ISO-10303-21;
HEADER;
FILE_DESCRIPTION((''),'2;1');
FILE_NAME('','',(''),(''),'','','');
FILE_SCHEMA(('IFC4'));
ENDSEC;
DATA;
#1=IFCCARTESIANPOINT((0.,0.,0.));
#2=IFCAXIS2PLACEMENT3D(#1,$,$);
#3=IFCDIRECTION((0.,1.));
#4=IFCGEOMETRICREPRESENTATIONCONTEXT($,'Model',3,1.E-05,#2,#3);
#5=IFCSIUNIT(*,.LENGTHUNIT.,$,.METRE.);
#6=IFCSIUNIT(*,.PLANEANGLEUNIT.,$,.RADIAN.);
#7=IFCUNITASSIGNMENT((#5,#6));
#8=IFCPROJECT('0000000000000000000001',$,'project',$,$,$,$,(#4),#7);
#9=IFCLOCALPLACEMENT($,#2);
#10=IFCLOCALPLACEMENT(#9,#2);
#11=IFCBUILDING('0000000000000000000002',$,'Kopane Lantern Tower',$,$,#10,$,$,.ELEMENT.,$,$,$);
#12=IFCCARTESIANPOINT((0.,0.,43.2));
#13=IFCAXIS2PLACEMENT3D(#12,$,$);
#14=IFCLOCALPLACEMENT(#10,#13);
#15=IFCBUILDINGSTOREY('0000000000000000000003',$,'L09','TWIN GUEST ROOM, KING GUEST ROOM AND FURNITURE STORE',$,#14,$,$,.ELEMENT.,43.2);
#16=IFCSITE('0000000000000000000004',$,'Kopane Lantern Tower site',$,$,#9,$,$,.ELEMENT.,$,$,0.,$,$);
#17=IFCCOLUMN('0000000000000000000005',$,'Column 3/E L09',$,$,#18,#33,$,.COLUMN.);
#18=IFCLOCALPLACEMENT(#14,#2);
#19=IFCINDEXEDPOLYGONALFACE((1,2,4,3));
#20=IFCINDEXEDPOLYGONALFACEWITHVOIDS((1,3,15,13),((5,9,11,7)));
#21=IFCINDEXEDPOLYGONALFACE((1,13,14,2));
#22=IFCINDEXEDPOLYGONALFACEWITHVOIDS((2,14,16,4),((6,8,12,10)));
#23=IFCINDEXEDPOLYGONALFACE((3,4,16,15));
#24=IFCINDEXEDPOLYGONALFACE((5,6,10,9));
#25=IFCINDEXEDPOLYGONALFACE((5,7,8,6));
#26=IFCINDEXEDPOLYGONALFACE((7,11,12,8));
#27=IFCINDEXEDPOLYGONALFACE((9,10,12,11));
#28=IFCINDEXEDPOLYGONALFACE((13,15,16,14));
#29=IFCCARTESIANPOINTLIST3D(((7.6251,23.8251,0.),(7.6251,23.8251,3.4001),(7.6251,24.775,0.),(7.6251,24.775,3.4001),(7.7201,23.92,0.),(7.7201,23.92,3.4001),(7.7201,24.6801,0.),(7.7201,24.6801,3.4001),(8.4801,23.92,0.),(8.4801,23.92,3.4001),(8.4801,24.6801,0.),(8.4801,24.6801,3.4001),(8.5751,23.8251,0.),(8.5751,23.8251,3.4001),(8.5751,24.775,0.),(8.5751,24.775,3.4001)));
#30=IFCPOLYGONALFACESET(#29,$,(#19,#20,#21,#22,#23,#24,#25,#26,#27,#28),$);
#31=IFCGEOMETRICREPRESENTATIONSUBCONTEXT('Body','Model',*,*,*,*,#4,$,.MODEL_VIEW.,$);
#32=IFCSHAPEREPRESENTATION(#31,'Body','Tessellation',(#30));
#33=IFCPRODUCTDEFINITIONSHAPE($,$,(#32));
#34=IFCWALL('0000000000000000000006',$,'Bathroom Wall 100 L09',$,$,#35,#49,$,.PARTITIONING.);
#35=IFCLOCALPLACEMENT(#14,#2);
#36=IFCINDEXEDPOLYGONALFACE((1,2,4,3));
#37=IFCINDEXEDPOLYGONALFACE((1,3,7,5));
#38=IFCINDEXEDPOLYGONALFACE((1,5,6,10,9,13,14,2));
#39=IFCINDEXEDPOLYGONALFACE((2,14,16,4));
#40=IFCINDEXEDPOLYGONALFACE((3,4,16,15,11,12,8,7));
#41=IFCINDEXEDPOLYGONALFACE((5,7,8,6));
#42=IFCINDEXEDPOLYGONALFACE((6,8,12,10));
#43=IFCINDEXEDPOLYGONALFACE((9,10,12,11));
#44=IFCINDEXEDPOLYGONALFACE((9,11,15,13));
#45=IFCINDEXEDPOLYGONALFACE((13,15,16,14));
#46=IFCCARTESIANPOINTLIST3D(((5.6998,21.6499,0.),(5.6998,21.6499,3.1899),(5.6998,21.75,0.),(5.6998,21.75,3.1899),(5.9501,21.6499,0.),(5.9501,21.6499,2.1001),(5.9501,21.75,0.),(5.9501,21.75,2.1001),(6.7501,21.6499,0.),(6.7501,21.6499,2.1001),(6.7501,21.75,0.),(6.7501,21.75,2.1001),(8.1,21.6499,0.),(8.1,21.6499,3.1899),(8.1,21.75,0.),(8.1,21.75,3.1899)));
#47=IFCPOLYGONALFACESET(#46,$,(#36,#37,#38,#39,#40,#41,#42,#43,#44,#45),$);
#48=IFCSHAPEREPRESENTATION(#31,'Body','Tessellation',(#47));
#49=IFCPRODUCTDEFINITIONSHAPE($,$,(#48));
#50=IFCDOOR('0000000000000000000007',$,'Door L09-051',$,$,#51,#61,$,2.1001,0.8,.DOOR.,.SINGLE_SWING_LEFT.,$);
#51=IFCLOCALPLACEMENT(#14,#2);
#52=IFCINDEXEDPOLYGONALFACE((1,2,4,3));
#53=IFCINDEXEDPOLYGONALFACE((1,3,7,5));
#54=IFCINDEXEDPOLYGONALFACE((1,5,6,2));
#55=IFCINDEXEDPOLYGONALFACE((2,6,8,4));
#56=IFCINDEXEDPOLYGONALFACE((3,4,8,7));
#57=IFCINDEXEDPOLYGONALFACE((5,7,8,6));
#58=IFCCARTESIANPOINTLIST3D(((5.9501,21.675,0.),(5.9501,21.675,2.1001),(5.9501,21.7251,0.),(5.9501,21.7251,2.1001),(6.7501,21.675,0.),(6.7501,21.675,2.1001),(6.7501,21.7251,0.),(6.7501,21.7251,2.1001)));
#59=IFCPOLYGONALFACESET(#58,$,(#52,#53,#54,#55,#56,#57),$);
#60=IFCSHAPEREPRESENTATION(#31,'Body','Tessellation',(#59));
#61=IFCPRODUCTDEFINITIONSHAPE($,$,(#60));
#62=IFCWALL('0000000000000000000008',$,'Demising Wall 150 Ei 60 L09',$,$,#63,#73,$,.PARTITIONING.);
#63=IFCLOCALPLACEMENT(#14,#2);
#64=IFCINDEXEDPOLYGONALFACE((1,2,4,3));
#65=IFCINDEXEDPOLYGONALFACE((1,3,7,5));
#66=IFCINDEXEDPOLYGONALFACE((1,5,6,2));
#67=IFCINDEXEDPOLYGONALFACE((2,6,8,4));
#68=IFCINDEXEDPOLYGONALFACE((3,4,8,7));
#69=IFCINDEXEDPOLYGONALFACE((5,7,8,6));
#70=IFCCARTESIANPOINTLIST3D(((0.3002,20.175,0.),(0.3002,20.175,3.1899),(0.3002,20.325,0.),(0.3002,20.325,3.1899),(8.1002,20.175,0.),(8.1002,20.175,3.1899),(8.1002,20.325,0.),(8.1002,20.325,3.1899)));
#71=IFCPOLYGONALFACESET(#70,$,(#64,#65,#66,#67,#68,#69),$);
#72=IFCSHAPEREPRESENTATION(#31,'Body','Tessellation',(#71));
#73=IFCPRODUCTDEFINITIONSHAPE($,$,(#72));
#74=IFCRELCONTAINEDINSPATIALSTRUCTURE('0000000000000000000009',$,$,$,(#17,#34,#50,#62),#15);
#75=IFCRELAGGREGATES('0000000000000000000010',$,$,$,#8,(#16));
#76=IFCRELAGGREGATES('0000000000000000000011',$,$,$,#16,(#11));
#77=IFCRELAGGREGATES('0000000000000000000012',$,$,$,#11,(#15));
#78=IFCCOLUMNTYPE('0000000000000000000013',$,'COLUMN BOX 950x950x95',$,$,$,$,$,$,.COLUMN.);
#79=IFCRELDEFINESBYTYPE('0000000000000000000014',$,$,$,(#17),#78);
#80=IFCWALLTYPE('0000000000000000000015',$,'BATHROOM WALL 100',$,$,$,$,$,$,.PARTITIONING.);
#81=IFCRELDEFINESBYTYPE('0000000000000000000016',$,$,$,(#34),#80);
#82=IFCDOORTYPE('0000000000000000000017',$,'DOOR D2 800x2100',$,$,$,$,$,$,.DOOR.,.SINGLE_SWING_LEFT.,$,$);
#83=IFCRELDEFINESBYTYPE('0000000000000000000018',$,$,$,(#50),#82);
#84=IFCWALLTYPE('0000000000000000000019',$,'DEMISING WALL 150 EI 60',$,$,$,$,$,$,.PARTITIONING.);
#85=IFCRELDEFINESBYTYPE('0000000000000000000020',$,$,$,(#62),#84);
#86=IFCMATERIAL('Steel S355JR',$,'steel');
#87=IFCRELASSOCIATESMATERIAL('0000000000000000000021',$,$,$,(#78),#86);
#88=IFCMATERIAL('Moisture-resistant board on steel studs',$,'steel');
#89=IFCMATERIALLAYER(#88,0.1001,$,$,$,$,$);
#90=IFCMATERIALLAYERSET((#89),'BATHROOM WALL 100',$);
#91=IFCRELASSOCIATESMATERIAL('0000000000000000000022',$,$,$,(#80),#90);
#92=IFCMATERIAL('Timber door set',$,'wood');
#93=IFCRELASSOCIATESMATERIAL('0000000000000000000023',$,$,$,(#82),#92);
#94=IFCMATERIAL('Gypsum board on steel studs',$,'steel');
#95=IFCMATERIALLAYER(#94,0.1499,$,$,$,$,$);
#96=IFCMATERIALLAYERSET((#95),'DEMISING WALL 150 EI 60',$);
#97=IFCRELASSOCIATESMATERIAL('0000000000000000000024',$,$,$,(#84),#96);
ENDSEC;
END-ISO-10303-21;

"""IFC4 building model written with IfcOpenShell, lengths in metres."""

from ifc_helpers import new_model, si_unit, direction, frame, frame_2d, origin, origin_2d, place, context, subcontext, project, spatial, rectangle, hollow_rectangle, extrude, material, layer, layer_set, material_profile, profile_set, type_object, element, fill, save


model = new_model("IFC4")

# Units and contexts
model_context = context("Model", 3, precision=1e-05, world=origin(), true_north=direction((0.0, 1.0)))
body_context = subcontext(model_context, "Body", "Model", "MODEL_VIEW")
ifc_project = project(units=[si_unit("LENGTHUNIT", "METRE"), si_unit("PLANEANGLEUNIT", "RADIAN")], contexts=[model_context])

# Site, building, storey
site_placement = place(None, origin())
site = spatial("IfcSite", under=ifc_project, at=site_placement, Name="Kopane Lantern Tower site", CompositionType="ELEMENT", RefElevation=0.0)
building_placement = place(site_placement, origin())
building = spatial("IfcBuilding", under=site, at=building_placement, Name="Kopane Lantern Tower", CompositionType="ELEMENT")
storey_placement = place(building_placement, frame((0.0, 0.0, 43.2)))
storey = spatial("IfcBuildingStorey", under=building, at=storey_placement, Name="L09", Description="TWIN GUEST ROOM, KING GUEST ROOM AND FURNITURE STORE", CompositionType="ELEMENT", Elevation=43.2)

# Column
ifc_material_1 = material(Name="Steel S355JR", Category="steel")
ifc_material_profile = material_profile(ifc_material_1, hollow_rectangle(XDim=0.95, YDim=0.95, WallThickness=0.095, at=origin_2d()), Name="BOX 950x950x95")
ifc_profile_set = profile_set([ifc_material_profile], Name="Steel S355JR")
column_type = type_object("IfcColumnType", Name="COLUMN BOX 950x950x95", PredefinedType="COLUMN", material=ifc_profile_set)
column_placement = place(storey_placement, frame((8.1001, 24.3, 0.0), z_axis=(0.0, 0.0, 1.0), x_axis=(1.0, 0.0, 0.0)))
element("IfcColumn", 1, at=column_placement, inside=storey, type_object=column_type, Name="Column 3/E L09", PredefinedType="COLUMN", context=body_context, shape_type="SweptSolid", body=[
    extrude(hollow_rectangle(XDim=0.95, YDim=0.95, WallThickness=0.095, at=origin_2d()), origin(), (0.0, 0.0, 1.0), 3.4001),
])

# Wall, opening, door
ifc_material_2 = material(Name="Moisture-resistant board on steel studs", Category="steel")
ifc_layer_1 = layer(ifc_material_2, 0.1001)
ifc_layer_set_1 = layer_set([ifc_layer_1], Name="BATHROOM WALL 100")
wall_type_1 = type_object("IfcWallType", Name="BATHROOM WALL 100", PredefinedType="PARTITIONING", material=ifc_layer_set_1)
wall_1_placement = place(storey_placement, frame((8.1001, 21.7, 0.0), z_axis=(0.0, 0.0, 1.0), x_axis=(-1.0, 0.0, 0.0)))
wall_1 = element("IfcWall", 2, at=wall_1_placement, inside=storey, type_object=wall_type_1, Name="Bathroom Wall 100 L09", PredefinedType="PARTITIONING", context=body_context, shape_type="SweptSolid", body=[
    extrude(rectangle(XDim=2.4001, YDim=0.1001, at=frame_2d((1.2002, 0.0))), origin(), (0.0, 0.0, 1.0), 3.1899),
])
opening_placement = place(wall_1_placement, frame((1.3501, 0.0, 0.0)))
opening = element("IfcOpeningElement", 3, at=opening_placement, cuts=wall_1, PredefinedType="OPENING", context=body_context, shape_type="SweptSolid", body=[
    extrude(rectangle(XDim=0.8, YDim=2.1001, at=frame_2d((0.3999, 1.05))), frame((0.0, 0.0601, 0.0), z_axis=(0.0, -1.0, 0.0), x_axis=(1.0, 0.0, 0.0)), (0.0, 0.0, 1.0), 0.1201),
])
ifc_material_3 = material(Name="Timber door set", Category="wood")
door_type = type_object("IfcDoorType", Name="DOOR D2 800x2100", OperationType="SINGLE_SWING_LEFT", PredefinedType="DOOR", material=ifc_material_3)
door_placement = place(opening_placement, origin())
door = element("IfcDoor", 4, at=door_placement, inside=storey, type_object=door_type, Name="Door L09-051", OperationType="SINGLE_SWING_LEFT", OverallHeight=2.1001, OverallWidth=0.8, PredefinedType="DOOR", context=body_context, shape_type="SweptSolid", body=[
    extrude(rectangle(XDim=0.8, YDim=2.1001, at=frame_2d((0.3999, 1.05))), frame((0.0, 0.0249, 0.0), z_axis=(0.0, -1.0, 0.0), x_axis=(1.0, 0.0, 0.0)), (0.0, 0.0, 1.0), 0.05),
])
fill(opening, door)

# Wall
ifc_material_4 = material(Name="Gypsum board on steel studs", Category="steel")
ifc_layer_2 = layer(ifc_material_4, 0.1499)
ifc_layer_set_2 = layer_set([ifc_layer_2], Name="DEMISING WALL 150 EI 60")
wall_type_2 = type_object("IfcWallType", Name="DEMISING WALL 150 EI 60", PredefinedType="PARTITIONING", material=ifc_layer_set_2)
wall_2_placement = place(storey_placement, frame((8.1001, 20.25, 0.0), z_axis=(0.0, 0.0, 1.0), x_axis=(-1.0, 0.0, 0.0)))
element("IfcWall", 5, at=wall_2_placement, inside=storey, type_object=wall_type_2, Name="Demising Wall 150 Ei 60 L09", PredefinedType="PARTITIONING", context=body_context, shape_type="SweptSolid", body=[
    extrude(rectangle(XDim=7.8, YDim=0.1499, at=frame_2d((3.8999, 0.0))), origin(), (0.0, 0.0, 1.0), 3.1899),
])

save(model, "model.ifc")
